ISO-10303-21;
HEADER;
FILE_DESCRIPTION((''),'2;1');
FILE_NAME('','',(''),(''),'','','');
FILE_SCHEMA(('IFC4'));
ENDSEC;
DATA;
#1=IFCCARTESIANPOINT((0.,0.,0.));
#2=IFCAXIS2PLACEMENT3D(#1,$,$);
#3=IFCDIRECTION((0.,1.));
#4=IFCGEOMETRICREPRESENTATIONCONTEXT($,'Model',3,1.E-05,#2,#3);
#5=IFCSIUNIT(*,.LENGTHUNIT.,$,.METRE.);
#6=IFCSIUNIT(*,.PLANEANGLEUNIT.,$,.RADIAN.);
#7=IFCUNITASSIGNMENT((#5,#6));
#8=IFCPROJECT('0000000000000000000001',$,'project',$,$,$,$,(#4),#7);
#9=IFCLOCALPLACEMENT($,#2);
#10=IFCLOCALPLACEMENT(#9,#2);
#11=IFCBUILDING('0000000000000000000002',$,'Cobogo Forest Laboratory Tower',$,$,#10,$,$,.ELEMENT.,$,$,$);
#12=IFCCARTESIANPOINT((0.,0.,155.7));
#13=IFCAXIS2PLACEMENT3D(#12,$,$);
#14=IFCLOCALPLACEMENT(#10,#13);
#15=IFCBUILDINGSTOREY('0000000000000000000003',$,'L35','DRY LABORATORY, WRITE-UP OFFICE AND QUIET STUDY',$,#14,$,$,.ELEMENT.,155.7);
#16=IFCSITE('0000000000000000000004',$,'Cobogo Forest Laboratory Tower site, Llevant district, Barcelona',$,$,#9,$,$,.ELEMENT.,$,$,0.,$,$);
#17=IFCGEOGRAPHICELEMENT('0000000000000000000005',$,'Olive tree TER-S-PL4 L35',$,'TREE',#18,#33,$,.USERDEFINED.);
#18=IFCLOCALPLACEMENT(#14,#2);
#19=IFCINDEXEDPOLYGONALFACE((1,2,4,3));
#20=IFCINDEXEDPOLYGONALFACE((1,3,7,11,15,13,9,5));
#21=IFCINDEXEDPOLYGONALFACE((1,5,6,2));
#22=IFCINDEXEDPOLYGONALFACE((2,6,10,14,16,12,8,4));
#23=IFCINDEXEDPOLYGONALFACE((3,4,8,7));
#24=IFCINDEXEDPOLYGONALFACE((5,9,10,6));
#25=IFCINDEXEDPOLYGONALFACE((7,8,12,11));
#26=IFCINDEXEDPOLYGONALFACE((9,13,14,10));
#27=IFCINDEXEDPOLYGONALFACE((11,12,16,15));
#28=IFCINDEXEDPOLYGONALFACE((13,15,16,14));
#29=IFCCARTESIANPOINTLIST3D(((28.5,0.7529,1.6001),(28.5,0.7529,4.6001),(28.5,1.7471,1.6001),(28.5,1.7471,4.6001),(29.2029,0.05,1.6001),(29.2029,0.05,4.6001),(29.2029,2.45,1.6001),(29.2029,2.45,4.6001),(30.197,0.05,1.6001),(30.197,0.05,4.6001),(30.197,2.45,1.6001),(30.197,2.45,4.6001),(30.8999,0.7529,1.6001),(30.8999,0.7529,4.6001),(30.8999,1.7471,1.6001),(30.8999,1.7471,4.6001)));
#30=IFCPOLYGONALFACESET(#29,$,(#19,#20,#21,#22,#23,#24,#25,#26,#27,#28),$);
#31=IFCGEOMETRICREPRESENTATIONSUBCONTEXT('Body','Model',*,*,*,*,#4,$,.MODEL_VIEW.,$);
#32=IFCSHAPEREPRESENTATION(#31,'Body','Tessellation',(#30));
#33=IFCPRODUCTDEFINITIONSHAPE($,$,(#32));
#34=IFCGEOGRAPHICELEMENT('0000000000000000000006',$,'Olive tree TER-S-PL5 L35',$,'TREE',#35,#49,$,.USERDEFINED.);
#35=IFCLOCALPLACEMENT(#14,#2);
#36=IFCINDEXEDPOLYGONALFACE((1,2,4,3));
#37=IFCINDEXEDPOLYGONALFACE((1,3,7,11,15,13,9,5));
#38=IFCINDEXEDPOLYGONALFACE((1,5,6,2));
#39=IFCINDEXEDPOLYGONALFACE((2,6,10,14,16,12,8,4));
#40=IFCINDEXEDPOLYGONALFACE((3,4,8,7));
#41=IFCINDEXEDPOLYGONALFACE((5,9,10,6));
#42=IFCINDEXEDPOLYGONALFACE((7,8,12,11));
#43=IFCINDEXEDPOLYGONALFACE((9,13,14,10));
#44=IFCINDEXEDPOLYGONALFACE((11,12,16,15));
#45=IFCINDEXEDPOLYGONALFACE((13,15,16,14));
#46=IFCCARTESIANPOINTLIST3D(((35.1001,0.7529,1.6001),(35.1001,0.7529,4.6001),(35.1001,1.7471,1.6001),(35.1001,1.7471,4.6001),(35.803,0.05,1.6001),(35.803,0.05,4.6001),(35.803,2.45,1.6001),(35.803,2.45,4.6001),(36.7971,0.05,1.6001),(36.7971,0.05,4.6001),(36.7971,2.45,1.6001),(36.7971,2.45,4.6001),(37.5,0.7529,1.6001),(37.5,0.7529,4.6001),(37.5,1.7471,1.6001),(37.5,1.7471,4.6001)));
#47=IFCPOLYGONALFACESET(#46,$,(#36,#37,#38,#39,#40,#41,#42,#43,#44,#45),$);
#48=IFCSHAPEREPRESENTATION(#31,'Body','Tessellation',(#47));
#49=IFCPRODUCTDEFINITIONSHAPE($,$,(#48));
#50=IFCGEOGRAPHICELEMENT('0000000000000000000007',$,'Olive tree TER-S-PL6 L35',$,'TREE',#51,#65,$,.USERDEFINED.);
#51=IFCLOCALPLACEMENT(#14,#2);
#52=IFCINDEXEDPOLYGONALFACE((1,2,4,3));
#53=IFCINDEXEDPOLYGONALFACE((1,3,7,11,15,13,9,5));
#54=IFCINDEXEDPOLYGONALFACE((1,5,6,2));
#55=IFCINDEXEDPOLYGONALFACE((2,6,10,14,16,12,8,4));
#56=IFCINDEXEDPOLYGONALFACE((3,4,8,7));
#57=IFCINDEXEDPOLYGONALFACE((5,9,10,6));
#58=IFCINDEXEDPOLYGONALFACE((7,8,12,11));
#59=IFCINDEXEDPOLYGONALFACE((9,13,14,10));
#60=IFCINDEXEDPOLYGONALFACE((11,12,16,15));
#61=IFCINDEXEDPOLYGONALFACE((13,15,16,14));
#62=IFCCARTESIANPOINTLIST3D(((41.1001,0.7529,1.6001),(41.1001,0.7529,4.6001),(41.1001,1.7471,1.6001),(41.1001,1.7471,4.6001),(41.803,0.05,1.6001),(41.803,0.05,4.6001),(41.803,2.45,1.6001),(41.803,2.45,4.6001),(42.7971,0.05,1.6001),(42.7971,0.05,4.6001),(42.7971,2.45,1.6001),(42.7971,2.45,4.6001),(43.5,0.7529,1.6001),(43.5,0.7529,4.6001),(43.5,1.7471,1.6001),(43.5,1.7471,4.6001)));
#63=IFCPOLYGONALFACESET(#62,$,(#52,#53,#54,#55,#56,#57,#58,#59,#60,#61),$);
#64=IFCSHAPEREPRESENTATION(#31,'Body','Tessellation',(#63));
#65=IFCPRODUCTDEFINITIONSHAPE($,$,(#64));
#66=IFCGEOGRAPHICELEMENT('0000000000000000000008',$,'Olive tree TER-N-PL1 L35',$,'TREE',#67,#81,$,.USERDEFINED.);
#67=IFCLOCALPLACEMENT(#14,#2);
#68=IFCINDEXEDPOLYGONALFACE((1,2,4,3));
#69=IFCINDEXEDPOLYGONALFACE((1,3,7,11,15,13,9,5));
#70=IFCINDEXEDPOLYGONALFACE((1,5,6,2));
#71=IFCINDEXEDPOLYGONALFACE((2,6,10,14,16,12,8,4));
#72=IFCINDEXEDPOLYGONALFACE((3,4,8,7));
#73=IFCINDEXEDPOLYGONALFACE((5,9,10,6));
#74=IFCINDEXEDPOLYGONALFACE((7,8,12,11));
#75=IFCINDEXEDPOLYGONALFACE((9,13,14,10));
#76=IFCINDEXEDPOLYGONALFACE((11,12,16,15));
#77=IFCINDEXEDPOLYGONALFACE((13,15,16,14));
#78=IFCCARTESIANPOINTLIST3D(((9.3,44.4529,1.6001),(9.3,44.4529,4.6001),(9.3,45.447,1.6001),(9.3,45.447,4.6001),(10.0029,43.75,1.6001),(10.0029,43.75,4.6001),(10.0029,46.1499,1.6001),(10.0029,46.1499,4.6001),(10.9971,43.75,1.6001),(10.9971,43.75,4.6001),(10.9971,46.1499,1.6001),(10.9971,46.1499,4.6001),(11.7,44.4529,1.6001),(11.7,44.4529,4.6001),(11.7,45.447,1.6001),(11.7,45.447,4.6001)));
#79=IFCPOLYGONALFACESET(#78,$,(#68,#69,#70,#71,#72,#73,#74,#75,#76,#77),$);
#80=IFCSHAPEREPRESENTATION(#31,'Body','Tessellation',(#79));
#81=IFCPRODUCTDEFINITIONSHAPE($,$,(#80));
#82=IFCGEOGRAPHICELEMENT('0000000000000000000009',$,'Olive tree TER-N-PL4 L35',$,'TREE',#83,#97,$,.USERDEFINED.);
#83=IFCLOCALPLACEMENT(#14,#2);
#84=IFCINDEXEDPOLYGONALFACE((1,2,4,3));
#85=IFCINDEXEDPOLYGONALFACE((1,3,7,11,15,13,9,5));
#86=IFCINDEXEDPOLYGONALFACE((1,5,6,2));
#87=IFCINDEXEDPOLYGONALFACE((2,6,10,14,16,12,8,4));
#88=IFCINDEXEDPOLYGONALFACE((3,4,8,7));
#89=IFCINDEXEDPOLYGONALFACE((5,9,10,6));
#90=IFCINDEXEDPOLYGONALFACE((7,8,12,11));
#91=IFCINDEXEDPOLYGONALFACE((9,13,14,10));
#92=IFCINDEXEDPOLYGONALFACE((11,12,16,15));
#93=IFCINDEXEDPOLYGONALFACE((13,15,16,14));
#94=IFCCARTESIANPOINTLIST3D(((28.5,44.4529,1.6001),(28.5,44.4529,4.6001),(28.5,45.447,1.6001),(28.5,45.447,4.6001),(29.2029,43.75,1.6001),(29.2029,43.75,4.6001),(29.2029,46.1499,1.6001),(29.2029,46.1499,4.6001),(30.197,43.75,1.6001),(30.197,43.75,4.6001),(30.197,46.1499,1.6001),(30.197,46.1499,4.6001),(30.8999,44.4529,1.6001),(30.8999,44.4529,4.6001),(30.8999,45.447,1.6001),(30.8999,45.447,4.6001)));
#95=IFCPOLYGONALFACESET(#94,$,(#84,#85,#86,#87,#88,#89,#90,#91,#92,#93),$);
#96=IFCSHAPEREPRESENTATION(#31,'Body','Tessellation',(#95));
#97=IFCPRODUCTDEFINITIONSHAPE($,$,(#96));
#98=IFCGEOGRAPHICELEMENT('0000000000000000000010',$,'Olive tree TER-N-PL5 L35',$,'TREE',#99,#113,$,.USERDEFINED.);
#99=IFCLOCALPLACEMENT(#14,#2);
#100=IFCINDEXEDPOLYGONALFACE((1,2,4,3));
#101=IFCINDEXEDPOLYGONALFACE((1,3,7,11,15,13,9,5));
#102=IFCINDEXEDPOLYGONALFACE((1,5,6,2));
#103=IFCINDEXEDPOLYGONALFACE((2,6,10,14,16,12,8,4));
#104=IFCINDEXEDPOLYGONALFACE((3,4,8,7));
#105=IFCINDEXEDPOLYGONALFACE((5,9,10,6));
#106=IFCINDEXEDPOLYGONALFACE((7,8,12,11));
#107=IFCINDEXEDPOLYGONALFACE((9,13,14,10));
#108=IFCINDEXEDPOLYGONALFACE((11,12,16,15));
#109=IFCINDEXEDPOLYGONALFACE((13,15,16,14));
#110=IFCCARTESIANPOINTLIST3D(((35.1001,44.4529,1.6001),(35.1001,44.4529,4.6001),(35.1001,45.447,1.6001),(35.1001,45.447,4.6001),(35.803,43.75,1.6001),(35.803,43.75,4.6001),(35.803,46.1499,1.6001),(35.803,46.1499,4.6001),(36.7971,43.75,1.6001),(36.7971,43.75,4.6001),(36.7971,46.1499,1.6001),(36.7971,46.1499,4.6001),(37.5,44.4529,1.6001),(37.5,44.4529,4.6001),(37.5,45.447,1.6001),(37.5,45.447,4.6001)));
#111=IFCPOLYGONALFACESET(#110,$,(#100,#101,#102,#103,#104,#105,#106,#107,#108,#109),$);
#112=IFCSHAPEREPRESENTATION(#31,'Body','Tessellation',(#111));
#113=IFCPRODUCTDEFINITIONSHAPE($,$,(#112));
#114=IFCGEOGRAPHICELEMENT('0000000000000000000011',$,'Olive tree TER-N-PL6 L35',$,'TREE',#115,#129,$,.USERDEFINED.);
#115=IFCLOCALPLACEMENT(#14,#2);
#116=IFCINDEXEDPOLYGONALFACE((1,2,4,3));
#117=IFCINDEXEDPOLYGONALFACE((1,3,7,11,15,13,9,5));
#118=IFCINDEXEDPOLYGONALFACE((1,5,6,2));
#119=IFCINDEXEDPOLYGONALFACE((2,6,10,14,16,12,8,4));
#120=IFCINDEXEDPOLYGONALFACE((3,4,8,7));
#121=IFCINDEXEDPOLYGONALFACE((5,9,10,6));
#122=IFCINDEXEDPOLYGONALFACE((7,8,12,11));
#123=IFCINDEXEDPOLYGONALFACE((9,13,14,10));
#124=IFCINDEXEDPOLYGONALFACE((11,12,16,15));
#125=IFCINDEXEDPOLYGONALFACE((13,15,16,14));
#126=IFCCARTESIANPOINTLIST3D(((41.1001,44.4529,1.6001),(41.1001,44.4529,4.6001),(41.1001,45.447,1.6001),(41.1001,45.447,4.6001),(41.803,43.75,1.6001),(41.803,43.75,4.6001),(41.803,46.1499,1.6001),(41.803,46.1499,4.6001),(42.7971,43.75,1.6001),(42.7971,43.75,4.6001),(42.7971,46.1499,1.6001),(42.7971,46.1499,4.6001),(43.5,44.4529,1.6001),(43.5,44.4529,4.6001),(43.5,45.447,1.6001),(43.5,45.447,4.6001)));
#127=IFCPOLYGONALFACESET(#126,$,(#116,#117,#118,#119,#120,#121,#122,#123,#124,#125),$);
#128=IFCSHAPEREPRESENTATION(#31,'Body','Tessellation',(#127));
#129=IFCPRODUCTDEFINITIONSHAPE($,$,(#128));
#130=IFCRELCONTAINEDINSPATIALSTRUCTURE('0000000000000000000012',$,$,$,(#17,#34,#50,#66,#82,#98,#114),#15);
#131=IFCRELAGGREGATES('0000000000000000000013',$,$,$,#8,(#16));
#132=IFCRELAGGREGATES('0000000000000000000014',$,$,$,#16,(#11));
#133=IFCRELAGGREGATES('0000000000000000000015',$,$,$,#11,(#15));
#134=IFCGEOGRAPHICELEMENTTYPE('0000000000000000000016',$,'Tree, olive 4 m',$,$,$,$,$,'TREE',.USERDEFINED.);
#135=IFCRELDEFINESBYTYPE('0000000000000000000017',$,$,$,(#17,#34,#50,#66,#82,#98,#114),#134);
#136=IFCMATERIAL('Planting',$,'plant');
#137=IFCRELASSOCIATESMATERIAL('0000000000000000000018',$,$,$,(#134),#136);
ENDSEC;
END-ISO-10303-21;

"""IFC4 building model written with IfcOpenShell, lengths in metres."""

from ifc_helpers import new_model, si_unit, direction, frame, origin, place, context, subcontext, project, spatial, polyline, outline, extrude, material, type_object, element, save


model = new_model("IFC4")

# Units and contexts
model_context = context("Model", 3, precision=1e-05, world=origin(), true_north=direction((0.0, 1.0)))
body_context = subcontext(model_context, "Body", "Model", "MODEL_VIEW")
ifc_project = project(units=[si_unit("LENGTHUNIT", "METRE"), si_unit("PLANEANGLEUNIT", "RADIAN")], contexts=[model_context])

# Site, building, storey
site_placement = place(None, origin())
site = spatial("IfcSite", under=ifc_project, at=site_placement, Name="Cobogo Forest Laboratory Tower site, Llevant district, Barcelona", CompositionType="ELEMENT", RefElevation=0.0)
building_placement = place(site_placement, origin())
building = spatial("IfcBuilding", under=site, at=building_placement, Name="Cobogo Forest Laboratory Tower", CompositionType="ELEMENT")
storey_placement = place(building_placement, frame((0.0, 0.0, 155.7)))
storey = spatial("IfcBuildingStorey", under=building, at=storey_placement, Name="L35", Description="DRY LABORATORY, WRITE-UP OFFICE AND QUIET STUDY", CompositionType="ELEMENT", Elevation=155.7)

# Geographic elements
ifc_material_1 = material(Name="Planting", Category="plant")
geographic_element_type = type_object("IfcGeographicElementType", Name="Tree, olive 4 m", ElementType="TREE", PredefinedType="USERDEFINED", material=ifc_material_1)
geographic_element_1_placement = place(storey_placement, frame((0.0, 0.0, 1.6001)))
element("IfcGeographicElement", 1, at=geographic_element_1_placement, inside=storey, type_object=geographic_element_type, Name="Olive tree TER-S-PL4 L35", ObjectType="TREE", PredefinedType="USERDEFINED", context=body_context, shape_type="SweptSolid", body=[
    extrude(outline(polyline([(30.8999, 0.7529), (30.8999, 1.7471), (30.197, 2.45), (29.2029, 2.45), (28.5, 1.7471), (28.5, 0.7529), (29.2029, 0.05), (30.197, 0.05), (30.8999, 0.7529)])), origin(), (0.0, 0.0, 1.0), 3.0),
])
geographic_element_2_placement = place(storey_placement, frame((0.0, 0.0, 1.6001)))
element("IfcGeographicElement", 2, at=geographic_element_2_placement, inside=storey, type_object=geographic_element_type, Name="Olive tree TER-S-PL5 L35", ObjectType="TREE", PredefinedType="USERDEFINED", context=body_context, shape_type="SweptSolid", body=[
    extrude(outline(polyline([(37.5, 0.7529), (37.5, 1.7471), (36.7971, 2.45), (35.803, 2.45), (35.1001, 1.7471), (35.1001, 0.7529), (35.803, 0.05), (36.7971, 0.05), (37.5, 0.7529)])), origin(), (0.0, 0.0, 1.0), 3.0),
])
geographic_element_3_placement = place(storey_placement, frame((0.0, 0.0, 1.6001)))
element("IfcGeographicElement", 3, at=geographic_element_3_placement, inside=storey, type_object=geographic_element_type, Name="Olive tree TER-S-PL6 L35", ObjectType="TREE", PredefinedType="USERDEFINED", context=body_context, shape_type="SweptSolid", body=[
    extrude(outline(polyline([(43.5, 0.7529), (43.5, 1.7471), (42.7971, 2.45), (41.803, 2.45), (41.1001, 1.7471), (41.1001, 0.7529), (41.803, 0.05), (42.7971, 0.05), (43.5, 0.7529)])), origin(), (0.0, 0.0, 1.0), 3.0),
])
geographic_element_4_placement = place(storey_placement, frame((0.0, 0.0, 1.6001)))
element("IfcGeographicElement", 4, at=geographic_element_4_placement, inside=storey, type_object=geographic_element_type, Name="Olive tree TER-N-PL1 L35", ObjectType="TREE", PredefinedType="USERDEFINED", context=body_context, shape_type="SweptSolid", body=[
    extrude(outline(polyline([(11.7, 44.4529), (11.7, 45.447), (10.9971, 46.1499), (10.0029, 46.1499), (9.3, 45.447), (9.3, 44.4529), (10.0029, 43.75), (10.9971, 43.75), (11.7, 44.4529)])), origin(), (0.0, 0.0, 1.0), 3.0),
])
geographic_element_5_placement = place(storey_placement, frame((0.0, 0.0, 1.6001)))
element("IfcGeographicElement", 5, at=geographic_element_5_placement, inside=storey, type_object=geographic_element_type, Name="Olive tree TER-N-PL4 L35", ObjectType="TREE", PredefinedType="USERDEFINED", context=body_context, shape_type="SweptSolid", body=[
    extrude(outline(polyline([(30.8999, 44.4529), (30.8999, 45.447), (30.197, 46.1499), (29.2029, 46.1499), (28.5, 45.447), (28.5, 44.4529), (29.2029, 43.75), (30.197, 43.75), (30.8999, 44.4529)])), origin(), (0.0, 0.0, 1.0), 3.0),
])
geographic_element_6_placement = place(storey_placement, frame((0.0, 0.0, 1.6001)))
element("IfcGeographicElement", 6, at=geographic_element_6_placement, inside=storey, type_object=geographic_element_type, Name="Olive tree TER-N-PL5 L35", ObjectType="TREE", PredefinedType="USERDEFINED", context=body_context, shape_type="SweptSolid", body=[
    extrude(outline(polyline([(37.5, 44.4529), (37.5, 45.447), (36.7971, 46.1499), (35.803, 46.1499), (35.1001, 45.447), (35.1001, 44.4529), (35.803, 43.75), (36.7971, 43.75), (37.5, 44.4529)])), origin(), (0.0, 0.0, 1.0), 3.0),
])
geographic_element_7_placement = place(storey_placement, frame((0.0, 0.0, 1.6001)))
element("IfcGeographicElement", 7, at=geographic_element_7_placement, inside=storey, type_object=geographic_element_type, Name="Olive tree TER-N-PL6 L35", ObjectType="TREE", PredefinedType="USERDEFINED", context=body_context, shape_type="SweptSolid", body=[
    extrude(outline(polyline([(43.5, 44.4529), (43.5, 45.447), (42.7971, 46.1499), (41.803, 46.1499), (41.1001, 45.447), (41.1001, 44.4529), (41.803, 43.75), (42.7971, 43.75), (43.5, 44.4529)])), origin(), (0.0, 0.0, 1.0), 3.0),
])

save(model, "model.ifc")
